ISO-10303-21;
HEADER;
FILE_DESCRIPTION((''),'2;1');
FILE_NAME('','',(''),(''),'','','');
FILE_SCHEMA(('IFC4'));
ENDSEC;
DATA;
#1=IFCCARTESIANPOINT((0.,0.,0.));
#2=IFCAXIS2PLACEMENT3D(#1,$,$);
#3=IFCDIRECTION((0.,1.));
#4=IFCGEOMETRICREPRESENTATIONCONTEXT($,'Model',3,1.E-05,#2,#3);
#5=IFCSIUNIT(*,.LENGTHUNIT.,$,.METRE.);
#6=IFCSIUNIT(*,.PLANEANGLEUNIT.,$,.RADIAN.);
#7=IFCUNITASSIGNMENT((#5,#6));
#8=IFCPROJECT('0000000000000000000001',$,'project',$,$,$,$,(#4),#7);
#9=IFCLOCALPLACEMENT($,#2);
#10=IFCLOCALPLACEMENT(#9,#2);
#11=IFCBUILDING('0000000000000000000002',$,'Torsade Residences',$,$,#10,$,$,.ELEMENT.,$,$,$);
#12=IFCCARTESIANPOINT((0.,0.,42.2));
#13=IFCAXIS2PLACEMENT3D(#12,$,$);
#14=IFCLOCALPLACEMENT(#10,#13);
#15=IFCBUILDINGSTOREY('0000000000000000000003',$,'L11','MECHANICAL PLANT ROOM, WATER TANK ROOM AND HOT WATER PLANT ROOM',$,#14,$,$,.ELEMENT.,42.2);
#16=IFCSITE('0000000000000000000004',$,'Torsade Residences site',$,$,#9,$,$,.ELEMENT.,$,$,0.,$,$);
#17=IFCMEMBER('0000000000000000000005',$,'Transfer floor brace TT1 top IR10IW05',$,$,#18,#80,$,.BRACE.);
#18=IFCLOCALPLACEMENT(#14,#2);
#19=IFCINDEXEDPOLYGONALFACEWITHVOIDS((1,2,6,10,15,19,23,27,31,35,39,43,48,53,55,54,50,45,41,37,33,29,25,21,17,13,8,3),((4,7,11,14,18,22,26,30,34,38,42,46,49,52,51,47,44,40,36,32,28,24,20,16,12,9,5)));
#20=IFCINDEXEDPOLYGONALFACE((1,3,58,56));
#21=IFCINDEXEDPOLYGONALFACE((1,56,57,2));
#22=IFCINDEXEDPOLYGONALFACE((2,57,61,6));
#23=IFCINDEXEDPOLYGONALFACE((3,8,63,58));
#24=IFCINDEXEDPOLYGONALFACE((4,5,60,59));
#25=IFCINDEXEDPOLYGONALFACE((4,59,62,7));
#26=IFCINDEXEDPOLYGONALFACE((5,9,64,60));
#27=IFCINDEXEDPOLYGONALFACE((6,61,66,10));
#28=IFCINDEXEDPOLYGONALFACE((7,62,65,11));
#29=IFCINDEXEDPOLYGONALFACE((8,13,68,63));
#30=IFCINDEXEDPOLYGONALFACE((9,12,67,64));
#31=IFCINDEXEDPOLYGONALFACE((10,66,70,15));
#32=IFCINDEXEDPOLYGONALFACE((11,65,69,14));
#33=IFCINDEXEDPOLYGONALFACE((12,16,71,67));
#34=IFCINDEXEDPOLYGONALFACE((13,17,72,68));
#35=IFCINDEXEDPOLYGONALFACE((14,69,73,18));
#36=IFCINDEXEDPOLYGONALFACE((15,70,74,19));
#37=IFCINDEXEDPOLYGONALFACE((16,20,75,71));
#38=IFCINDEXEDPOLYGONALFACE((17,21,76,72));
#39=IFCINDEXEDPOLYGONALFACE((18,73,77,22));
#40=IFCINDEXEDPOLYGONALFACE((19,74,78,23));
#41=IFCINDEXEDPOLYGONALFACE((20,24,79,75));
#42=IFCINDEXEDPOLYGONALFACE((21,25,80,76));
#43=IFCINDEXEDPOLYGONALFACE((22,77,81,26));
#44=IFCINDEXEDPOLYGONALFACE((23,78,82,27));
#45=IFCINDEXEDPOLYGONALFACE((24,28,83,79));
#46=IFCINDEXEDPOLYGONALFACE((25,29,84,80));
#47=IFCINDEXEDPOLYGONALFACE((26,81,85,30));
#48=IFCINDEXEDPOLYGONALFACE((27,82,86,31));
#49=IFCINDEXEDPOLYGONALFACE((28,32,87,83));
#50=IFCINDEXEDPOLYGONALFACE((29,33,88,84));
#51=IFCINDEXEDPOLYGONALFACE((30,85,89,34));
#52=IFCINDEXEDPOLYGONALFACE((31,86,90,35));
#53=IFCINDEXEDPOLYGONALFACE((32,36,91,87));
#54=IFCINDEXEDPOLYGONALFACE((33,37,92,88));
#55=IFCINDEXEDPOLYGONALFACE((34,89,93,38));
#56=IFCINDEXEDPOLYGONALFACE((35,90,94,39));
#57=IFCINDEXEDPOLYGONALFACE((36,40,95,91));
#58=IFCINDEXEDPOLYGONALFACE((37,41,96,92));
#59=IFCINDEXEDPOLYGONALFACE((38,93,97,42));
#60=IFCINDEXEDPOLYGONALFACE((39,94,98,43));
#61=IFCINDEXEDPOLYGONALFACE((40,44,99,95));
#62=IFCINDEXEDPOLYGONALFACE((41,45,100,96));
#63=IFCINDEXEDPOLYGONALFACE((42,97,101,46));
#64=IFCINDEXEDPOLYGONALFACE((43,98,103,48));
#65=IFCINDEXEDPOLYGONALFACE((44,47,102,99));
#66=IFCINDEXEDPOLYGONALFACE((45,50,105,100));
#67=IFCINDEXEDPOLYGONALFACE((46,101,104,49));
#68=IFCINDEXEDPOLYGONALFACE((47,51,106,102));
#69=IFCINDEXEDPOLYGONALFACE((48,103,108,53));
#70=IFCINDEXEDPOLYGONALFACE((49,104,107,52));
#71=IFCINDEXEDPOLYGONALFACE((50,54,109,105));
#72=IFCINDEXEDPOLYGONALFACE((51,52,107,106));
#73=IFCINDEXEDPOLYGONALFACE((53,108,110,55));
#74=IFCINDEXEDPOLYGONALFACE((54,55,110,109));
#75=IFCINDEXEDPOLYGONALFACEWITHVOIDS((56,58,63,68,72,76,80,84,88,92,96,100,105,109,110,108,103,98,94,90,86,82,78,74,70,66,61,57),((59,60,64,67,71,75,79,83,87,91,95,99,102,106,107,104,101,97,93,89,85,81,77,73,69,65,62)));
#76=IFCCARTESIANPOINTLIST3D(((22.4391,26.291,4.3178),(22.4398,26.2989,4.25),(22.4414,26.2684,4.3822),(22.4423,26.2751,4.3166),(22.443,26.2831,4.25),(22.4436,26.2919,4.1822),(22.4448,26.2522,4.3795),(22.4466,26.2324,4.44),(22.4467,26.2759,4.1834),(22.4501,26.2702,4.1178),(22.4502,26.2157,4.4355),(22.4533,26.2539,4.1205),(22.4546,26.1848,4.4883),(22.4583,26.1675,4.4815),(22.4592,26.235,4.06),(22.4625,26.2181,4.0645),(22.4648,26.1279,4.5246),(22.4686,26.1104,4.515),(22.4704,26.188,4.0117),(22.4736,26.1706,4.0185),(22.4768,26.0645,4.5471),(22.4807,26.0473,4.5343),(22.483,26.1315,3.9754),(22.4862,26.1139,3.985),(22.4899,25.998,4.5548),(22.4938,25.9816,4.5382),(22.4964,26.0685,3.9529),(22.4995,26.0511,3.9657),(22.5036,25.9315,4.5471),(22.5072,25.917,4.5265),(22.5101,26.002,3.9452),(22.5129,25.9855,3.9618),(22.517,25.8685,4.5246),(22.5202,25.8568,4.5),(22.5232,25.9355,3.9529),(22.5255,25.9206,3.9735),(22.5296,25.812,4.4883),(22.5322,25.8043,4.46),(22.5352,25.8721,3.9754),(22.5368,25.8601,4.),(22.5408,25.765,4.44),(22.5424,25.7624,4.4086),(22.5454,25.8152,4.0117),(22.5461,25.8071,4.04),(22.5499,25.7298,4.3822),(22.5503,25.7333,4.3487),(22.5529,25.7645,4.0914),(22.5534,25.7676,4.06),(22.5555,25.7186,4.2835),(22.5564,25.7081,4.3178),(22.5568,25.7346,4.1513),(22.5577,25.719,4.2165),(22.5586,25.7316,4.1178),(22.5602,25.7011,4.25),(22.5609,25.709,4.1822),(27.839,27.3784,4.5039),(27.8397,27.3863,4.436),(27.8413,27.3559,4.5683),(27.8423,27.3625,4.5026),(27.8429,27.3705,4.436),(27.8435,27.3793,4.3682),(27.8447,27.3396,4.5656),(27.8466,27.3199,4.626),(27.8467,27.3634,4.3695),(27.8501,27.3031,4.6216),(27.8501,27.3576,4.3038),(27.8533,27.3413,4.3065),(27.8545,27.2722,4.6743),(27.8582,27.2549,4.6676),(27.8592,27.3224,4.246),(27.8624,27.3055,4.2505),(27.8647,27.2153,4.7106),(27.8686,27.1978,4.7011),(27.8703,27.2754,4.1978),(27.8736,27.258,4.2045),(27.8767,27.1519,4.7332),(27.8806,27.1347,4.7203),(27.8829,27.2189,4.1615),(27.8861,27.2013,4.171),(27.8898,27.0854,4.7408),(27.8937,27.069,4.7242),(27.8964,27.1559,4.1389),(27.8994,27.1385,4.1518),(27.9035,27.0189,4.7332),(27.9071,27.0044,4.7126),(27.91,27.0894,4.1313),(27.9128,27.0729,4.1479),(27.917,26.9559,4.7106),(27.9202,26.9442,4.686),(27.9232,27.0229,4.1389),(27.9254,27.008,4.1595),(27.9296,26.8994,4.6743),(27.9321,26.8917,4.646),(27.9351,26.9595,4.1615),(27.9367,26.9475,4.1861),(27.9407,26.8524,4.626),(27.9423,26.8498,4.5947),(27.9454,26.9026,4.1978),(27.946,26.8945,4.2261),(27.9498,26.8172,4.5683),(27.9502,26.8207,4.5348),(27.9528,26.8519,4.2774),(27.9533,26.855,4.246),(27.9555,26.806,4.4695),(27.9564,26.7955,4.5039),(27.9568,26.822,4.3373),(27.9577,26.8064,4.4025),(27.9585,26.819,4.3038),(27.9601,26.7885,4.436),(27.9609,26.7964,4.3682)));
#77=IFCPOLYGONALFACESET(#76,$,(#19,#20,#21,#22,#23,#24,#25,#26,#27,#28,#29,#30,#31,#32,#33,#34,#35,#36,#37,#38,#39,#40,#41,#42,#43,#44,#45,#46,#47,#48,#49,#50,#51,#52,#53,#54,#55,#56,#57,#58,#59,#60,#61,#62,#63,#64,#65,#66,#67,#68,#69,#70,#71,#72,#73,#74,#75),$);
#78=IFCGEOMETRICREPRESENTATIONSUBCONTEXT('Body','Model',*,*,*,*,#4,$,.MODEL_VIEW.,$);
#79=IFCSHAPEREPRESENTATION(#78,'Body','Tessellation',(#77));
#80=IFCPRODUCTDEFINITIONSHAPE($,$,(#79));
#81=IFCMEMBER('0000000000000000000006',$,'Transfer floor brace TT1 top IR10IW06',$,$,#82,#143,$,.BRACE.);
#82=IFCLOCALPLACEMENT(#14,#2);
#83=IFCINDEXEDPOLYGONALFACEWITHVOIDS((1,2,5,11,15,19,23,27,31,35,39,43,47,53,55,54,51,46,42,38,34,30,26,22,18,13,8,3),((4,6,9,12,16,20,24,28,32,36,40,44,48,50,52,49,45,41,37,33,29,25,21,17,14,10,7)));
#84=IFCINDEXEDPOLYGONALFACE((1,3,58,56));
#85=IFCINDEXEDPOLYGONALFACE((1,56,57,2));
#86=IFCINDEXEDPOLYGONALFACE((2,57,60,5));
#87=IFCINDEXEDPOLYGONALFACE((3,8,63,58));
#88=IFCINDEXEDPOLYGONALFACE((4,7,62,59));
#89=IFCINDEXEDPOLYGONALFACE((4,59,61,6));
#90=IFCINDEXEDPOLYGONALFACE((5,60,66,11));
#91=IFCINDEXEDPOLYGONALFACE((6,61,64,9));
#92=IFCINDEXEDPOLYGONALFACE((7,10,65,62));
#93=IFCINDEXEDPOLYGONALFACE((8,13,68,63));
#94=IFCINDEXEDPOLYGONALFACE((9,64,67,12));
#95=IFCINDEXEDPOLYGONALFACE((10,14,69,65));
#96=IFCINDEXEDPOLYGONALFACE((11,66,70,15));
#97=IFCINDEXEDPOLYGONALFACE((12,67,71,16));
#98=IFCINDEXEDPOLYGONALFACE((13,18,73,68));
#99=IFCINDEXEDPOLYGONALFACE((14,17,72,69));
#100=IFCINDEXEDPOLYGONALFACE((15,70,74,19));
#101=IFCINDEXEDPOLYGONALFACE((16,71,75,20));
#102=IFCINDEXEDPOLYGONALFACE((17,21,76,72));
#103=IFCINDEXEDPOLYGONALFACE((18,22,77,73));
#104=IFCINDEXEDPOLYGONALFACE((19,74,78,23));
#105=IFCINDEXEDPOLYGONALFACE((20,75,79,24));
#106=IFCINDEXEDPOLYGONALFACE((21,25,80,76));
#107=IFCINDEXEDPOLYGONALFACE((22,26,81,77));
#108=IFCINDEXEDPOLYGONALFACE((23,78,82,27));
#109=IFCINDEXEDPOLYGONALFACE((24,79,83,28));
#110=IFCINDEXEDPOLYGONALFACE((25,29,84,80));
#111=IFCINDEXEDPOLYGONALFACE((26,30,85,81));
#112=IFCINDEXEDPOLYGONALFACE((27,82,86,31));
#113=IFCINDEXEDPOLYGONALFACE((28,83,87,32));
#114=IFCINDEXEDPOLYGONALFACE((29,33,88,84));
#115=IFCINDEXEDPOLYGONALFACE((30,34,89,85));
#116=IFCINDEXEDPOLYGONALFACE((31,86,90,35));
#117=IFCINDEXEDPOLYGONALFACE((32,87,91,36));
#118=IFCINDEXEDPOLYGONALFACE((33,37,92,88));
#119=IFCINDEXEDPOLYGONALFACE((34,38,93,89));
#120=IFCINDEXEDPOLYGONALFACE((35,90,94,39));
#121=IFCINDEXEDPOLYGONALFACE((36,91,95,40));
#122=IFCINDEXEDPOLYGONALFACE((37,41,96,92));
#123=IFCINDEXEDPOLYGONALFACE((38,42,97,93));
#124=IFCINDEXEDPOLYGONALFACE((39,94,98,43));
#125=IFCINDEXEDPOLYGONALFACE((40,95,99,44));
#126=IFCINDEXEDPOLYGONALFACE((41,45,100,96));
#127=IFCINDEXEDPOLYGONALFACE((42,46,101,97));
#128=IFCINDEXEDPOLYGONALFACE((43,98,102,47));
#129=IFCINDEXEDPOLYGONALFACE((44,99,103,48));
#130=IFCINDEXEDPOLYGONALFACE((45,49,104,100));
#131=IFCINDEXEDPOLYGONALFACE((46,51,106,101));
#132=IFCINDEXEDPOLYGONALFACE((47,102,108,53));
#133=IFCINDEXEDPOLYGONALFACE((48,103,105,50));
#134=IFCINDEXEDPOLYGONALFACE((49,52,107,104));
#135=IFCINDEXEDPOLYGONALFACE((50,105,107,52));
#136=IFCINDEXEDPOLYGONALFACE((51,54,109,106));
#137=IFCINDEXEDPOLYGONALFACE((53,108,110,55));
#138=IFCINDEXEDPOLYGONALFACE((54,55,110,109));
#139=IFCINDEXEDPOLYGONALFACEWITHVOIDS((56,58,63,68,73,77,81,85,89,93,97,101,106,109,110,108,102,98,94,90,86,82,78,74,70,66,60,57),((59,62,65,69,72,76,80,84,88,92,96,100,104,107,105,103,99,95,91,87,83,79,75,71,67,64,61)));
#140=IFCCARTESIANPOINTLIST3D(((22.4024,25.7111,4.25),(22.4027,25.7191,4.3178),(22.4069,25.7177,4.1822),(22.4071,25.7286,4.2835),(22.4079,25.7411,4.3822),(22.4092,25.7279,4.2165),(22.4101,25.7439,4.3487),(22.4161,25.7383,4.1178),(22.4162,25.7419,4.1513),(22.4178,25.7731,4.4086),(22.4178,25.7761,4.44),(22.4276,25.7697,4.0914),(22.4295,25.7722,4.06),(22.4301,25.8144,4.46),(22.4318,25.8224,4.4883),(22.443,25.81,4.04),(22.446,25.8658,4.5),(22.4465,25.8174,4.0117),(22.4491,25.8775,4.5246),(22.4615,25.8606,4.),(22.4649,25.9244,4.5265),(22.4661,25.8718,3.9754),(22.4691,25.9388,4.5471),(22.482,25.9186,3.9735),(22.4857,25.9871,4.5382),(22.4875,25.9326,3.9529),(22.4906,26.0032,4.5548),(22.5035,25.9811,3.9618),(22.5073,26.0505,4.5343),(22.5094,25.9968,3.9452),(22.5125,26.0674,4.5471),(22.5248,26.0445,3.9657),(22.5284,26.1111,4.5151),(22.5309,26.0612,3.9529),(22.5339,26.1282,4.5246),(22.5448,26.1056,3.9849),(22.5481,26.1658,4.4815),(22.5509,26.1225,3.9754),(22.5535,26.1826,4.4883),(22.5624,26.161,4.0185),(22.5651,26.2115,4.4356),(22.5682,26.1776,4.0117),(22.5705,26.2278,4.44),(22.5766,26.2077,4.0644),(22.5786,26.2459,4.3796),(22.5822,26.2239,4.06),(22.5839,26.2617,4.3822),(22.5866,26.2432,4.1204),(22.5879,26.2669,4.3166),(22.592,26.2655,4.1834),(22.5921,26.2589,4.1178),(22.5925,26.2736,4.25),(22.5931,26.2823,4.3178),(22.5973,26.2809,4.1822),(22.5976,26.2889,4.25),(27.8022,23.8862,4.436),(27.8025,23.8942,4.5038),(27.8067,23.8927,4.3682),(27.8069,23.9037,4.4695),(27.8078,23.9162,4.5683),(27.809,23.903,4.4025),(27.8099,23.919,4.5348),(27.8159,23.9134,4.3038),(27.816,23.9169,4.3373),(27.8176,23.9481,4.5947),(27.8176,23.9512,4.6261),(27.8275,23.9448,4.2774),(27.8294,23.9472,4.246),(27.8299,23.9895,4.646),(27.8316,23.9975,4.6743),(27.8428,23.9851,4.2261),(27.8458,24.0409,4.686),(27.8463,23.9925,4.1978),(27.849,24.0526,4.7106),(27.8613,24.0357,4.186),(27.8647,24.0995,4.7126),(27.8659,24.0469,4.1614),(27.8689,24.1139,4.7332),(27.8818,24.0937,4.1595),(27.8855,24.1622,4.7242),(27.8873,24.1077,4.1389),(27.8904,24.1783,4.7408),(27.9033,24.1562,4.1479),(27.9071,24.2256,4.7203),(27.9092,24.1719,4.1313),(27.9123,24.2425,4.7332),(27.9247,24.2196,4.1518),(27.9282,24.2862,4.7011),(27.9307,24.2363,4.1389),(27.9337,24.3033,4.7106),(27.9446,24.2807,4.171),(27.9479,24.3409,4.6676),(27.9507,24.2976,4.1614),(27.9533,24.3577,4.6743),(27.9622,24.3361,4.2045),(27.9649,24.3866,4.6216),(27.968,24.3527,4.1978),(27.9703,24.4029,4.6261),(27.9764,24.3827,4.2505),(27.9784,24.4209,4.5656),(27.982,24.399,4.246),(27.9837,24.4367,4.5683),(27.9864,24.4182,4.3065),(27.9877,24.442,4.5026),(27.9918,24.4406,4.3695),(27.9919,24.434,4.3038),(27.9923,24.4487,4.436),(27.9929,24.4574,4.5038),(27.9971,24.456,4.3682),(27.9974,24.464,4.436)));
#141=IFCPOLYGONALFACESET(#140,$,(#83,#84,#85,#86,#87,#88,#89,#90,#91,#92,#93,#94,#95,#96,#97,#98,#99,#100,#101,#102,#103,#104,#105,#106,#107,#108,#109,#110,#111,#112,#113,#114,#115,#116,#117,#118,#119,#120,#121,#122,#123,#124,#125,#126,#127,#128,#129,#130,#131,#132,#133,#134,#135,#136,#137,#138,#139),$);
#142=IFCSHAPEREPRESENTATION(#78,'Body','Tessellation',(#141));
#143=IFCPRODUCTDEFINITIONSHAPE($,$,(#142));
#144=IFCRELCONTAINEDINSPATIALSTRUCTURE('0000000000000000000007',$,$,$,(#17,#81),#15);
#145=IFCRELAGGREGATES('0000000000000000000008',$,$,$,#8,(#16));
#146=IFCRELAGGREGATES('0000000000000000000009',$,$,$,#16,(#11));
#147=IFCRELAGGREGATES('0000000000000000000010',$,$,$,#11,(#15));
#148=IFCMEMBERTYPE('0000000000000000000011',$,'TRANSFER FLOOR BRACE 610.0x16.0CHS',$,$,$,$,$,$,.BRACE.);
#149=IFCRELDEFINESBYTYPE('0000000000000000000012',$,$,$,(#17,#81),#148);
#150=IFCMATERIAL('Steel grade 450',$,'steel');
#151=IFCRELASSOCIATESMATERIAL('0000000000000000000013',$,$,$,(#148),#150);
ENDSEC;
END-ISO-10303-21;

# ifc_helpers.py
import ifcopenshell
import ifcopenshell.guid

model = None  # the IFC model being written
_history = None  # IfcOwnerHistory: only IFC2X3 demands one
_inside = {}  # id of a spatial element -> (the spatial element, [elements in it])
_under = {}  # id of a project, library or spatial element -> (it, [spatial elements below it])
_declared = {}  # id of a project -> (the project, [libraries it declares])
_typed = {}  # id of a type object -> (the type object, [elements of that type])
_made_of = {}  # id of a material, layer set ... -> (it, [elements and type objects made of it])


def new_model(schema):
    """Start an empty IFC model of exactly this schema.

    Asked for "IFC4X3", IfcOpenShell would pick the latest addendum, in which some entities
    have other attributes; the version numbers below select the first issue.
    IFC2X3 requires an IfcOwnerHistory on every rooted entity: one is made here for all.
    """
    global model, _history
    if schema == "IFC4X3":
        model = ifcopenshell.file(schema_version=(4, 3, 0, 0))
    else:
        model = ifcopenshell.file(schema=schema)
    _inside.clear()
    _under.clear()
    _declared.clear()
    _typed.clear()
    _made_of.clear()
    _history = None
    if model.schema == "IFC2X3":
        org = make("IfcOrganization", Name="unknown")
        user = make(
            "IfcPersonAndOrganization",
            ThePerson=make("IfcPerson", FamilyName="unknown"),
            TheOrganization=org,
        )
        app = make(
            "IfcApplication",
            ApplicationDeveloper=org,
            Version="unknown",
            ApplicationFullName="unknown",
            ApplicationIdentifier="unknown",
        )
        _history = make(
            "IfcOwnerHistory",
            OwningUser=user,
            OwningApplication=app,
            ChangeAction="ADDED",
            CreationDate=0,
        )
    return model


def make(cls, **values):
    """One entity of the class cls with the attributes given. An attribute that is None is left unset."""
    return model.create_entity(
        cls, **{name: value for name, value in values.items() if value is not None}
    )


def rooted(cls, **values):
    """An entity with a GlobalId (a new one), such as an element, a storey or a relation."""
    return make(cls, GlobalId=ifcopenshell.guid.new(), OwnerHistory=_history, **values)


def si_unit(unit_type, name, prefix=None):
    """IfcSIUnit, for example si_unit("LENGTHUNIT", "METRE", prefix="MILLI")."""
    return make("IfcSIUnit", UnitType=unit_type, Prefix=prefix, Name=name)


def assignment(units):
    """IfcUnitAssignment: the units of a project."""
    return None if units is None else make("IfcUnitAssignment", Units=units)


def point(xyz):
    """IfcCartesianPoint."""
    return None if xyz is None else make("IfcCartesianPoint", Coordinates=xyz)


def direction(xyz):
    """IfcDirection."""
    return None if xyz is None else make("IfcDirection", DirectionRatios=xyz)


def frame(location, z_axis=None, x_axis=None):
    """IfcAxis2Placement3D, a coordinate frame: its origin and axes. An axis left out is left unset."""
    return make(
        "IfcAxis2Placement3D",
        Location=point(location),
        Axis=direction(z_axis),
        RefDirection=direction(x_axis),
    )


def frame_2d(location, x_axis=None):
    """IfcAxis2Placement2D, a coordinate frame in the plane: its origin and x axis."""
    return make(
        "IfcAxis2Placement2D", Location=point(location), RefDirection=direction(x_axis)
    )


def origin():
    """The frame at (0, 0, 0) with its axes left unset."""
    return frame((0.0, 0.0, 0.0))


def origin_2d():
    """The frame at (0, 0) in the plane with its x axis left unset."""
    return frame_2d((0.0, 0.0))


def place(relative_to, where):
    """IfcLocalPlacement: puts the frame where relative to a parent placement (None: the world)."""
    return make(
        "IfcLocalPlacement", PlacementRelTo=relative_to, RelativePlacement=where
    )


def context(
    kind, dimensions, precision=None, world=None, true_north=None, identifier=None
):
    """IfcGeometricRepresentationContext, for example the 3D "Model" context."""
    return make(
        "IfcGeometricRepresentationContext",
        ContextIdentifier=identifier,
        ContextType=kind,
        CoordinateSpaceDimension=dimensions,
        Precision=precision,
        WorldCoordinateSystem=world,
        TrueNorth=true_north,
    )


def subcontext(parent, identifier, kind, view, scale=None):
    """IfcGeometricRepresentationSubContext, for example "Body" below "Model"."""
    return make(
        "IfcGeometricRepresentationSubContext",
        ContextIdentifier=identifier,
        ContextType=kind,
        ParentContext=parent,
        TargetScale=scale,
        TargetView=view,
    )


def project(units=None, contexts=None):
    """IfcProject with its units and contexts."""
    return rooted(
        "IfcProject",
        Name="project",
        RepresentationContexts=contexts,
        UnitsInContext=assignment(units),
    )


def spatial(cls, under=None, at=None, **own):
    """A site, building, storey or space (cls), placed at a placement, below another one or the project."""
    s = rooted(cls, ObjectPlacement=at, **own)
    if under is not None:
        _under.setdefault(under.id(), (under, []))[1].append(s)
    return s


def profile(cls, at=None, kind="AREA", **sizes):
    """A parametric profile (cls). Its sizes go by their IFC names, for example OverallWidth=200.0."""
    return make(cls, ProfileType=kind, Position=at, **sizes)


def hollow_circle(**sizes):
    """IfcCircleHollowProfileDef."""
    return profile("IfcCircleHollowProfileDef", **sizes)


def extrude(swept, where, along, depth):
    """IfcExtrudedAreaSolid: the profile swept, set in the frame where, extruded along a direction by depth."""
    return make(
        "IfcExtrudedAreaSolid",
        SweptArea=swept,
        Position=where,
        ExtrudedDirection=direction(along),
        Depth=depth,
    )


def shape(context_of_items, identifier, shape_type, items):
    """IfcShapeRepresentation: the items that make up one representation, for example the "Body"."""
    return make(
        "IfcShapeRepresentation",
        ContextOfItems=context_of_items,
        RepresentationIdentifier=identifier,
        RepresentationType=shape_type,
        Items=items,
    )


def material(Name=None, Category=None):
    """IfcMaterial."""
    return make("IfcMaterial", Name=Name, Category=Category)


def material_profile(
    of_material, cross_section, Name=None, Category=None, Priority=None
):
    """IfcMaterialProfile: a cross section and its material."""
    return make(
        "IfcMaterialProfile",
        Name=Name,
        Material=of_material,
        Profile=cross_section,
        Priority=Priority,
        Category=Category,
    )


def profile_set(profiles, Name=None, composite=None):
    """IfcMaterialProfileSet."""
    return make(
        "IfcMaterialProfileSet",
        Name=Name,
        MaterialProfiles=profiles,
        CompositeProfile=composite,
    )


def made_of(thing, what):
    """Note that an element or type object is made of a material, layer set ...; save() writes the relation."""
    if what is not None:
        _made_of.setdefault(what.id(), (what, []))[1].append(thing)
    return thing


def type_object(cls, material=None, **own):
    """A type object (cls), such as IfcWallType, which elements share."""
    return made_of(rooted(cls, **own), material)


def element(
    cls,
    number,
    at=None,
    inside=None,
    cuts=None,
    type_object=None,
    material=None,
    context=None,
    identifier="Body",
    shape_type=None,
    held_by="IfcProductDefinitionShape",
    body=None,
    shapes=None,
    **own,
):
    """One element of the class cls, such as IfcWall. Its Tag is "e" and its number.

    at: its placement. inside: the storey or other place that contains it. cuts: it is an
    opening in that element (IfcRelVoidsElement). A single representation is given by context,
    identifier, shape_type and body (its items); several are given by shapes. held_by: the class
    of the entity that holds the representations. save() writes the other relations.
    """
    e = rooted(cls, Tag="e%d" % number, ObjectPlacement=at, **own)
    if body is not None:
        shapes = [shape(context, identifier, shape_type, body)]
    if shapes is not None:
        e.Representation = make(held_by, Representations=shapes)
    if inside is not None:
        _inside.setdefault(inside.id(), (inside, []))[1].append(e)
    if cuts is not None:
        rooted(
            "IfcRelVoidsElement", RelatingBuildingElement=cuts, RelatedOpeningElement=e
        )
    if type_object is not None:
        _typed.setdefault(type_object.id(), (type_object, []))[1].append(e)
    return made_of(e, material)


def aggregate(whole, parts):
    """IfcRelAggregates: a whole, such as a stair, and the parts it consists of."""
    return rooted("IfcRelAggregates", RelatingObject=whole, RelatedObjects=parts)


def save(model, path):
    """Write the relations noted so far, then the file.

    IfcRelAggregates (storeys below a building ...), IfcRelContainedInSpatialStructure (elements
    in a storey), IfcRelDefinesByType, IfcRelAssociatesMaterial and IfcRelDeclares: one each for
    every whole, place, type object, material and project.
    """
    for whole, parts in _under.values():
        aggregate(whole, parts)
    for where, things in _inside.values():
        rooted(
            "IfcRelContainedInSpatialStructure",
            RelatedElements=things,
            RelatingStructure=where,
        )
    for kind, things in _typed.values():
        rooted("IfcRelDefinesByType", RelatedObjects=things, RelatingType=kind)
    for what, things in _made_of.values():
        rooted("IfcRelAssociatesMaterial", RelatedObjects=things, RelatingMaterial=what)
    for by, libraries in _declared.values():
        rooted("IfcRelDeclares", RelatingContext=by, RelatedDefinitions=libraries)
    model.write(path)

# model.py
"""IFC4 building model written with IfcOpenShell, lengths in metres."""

from ifc_helpers import new_model, si_unit, direction, frame, origin, origin_2d, place, context, subcontext, project, spatial, hollow_circle, extrude, material, material_profile, profile_set, type_object, element, save


model = new_model("IFC4")

# Units and contexts
model_context = context("Model", 3, precision=1e-05, world=origin(), true_north=direction((0.0, 1.0)))
body_context = subcontext(model_context, "Body", "Model", "MODEL_VIEW")
ifc_project = project(units=[si_unit("LENGTHUNIT", "METRE"), si_unit("PLANEANGLEUNIT", "RADIAN")], contexts=[model_context])

# Site, building, storey
site_placement = place(None, origin())
site = spatial("IfcSite", under=ifc_project, at=site_placement, Name="Torsade Residences site", CompositionType="ELEMENT", RefElevation=0.0)
building_placement = place(site_placement, origin())
building = spatial("IfcBuilding", under=site, at=building_placement, Name="Torsade Residences", CompositionType="ELEMENT")
storey_placement = place(building_placement, frame((0.0, 0.0, 42.2)))
storey = spatial("IfcBuildingStorey", under=building, at=storey_placement, Name="L11", Description="MECHANICAL PLANT ROOM, WATER TANK ROOM AND HOT WATER PLANT ROOM", CompositionType="ELEMENT", Elevation=42.2)

# Members
ifc_material_1 = material(Name="Steel grade 450", Category="steel")
ifc_material_profile_1 = material_profile(ifc_material_1, hollow_circle(Radius=0.3049, WallThickness=0.0161, at=origin_2d()), Name="610.0x16.0CHS")
ifc_profile_set_1 = profile_set([ifc_material_profile_1], Name="Steel grade 450")
member_type_1 = type_object("IfcMemberType", Name="TRANSFER FLOOR BRACE 610.0x16.0CHS", PredefinedType="BRACE", material=ifc_profile_set_1)
member_1_placement = place(storey_placement, frame((22.5, 26.0, 4.25), z_axis=(0.979762, 0.197299, 0.033754), x_axis=(-0.197412, 0.980321, 0.0)))
element("IfcMember", 1, at=member_1_placement, inside=storey, type_object=member_type_1, Name="Transfer floor brace TT1 top IR10IW05", PredefinedType="BRACE", context=body_context, shape_type="SweptSolid", body=[
    extrude(hollow_circle(Radius=0.3049, WallThickness=0.0161, at=origin_2d()), origin(), (0.0, 0.0, 1.0), 5.5115),
])
member_2_placement = place(storey_placement, frame((22.5, 26.0, 4.25), z_axis=(0.946856, -0.319999, 0.032621), x_axis=(0.32017, 0.94736, 0.0)))
element("IfcMember", 2, at=member_2_placement, inside=storey, type_object=member_type_1, Name="Transfer floor brace TT1 top IR10IW06", PredefinedType="BRACE", context=body_context, shape_type="SweptSolid", body=[
    extrude(hollow_circle(Radius=0.3049, WallThickness=0.0161, at=origin_2d()), origin(), (0.0, 0.0, 1.0), 5.7029),
])

save(model, "model.ifc")
